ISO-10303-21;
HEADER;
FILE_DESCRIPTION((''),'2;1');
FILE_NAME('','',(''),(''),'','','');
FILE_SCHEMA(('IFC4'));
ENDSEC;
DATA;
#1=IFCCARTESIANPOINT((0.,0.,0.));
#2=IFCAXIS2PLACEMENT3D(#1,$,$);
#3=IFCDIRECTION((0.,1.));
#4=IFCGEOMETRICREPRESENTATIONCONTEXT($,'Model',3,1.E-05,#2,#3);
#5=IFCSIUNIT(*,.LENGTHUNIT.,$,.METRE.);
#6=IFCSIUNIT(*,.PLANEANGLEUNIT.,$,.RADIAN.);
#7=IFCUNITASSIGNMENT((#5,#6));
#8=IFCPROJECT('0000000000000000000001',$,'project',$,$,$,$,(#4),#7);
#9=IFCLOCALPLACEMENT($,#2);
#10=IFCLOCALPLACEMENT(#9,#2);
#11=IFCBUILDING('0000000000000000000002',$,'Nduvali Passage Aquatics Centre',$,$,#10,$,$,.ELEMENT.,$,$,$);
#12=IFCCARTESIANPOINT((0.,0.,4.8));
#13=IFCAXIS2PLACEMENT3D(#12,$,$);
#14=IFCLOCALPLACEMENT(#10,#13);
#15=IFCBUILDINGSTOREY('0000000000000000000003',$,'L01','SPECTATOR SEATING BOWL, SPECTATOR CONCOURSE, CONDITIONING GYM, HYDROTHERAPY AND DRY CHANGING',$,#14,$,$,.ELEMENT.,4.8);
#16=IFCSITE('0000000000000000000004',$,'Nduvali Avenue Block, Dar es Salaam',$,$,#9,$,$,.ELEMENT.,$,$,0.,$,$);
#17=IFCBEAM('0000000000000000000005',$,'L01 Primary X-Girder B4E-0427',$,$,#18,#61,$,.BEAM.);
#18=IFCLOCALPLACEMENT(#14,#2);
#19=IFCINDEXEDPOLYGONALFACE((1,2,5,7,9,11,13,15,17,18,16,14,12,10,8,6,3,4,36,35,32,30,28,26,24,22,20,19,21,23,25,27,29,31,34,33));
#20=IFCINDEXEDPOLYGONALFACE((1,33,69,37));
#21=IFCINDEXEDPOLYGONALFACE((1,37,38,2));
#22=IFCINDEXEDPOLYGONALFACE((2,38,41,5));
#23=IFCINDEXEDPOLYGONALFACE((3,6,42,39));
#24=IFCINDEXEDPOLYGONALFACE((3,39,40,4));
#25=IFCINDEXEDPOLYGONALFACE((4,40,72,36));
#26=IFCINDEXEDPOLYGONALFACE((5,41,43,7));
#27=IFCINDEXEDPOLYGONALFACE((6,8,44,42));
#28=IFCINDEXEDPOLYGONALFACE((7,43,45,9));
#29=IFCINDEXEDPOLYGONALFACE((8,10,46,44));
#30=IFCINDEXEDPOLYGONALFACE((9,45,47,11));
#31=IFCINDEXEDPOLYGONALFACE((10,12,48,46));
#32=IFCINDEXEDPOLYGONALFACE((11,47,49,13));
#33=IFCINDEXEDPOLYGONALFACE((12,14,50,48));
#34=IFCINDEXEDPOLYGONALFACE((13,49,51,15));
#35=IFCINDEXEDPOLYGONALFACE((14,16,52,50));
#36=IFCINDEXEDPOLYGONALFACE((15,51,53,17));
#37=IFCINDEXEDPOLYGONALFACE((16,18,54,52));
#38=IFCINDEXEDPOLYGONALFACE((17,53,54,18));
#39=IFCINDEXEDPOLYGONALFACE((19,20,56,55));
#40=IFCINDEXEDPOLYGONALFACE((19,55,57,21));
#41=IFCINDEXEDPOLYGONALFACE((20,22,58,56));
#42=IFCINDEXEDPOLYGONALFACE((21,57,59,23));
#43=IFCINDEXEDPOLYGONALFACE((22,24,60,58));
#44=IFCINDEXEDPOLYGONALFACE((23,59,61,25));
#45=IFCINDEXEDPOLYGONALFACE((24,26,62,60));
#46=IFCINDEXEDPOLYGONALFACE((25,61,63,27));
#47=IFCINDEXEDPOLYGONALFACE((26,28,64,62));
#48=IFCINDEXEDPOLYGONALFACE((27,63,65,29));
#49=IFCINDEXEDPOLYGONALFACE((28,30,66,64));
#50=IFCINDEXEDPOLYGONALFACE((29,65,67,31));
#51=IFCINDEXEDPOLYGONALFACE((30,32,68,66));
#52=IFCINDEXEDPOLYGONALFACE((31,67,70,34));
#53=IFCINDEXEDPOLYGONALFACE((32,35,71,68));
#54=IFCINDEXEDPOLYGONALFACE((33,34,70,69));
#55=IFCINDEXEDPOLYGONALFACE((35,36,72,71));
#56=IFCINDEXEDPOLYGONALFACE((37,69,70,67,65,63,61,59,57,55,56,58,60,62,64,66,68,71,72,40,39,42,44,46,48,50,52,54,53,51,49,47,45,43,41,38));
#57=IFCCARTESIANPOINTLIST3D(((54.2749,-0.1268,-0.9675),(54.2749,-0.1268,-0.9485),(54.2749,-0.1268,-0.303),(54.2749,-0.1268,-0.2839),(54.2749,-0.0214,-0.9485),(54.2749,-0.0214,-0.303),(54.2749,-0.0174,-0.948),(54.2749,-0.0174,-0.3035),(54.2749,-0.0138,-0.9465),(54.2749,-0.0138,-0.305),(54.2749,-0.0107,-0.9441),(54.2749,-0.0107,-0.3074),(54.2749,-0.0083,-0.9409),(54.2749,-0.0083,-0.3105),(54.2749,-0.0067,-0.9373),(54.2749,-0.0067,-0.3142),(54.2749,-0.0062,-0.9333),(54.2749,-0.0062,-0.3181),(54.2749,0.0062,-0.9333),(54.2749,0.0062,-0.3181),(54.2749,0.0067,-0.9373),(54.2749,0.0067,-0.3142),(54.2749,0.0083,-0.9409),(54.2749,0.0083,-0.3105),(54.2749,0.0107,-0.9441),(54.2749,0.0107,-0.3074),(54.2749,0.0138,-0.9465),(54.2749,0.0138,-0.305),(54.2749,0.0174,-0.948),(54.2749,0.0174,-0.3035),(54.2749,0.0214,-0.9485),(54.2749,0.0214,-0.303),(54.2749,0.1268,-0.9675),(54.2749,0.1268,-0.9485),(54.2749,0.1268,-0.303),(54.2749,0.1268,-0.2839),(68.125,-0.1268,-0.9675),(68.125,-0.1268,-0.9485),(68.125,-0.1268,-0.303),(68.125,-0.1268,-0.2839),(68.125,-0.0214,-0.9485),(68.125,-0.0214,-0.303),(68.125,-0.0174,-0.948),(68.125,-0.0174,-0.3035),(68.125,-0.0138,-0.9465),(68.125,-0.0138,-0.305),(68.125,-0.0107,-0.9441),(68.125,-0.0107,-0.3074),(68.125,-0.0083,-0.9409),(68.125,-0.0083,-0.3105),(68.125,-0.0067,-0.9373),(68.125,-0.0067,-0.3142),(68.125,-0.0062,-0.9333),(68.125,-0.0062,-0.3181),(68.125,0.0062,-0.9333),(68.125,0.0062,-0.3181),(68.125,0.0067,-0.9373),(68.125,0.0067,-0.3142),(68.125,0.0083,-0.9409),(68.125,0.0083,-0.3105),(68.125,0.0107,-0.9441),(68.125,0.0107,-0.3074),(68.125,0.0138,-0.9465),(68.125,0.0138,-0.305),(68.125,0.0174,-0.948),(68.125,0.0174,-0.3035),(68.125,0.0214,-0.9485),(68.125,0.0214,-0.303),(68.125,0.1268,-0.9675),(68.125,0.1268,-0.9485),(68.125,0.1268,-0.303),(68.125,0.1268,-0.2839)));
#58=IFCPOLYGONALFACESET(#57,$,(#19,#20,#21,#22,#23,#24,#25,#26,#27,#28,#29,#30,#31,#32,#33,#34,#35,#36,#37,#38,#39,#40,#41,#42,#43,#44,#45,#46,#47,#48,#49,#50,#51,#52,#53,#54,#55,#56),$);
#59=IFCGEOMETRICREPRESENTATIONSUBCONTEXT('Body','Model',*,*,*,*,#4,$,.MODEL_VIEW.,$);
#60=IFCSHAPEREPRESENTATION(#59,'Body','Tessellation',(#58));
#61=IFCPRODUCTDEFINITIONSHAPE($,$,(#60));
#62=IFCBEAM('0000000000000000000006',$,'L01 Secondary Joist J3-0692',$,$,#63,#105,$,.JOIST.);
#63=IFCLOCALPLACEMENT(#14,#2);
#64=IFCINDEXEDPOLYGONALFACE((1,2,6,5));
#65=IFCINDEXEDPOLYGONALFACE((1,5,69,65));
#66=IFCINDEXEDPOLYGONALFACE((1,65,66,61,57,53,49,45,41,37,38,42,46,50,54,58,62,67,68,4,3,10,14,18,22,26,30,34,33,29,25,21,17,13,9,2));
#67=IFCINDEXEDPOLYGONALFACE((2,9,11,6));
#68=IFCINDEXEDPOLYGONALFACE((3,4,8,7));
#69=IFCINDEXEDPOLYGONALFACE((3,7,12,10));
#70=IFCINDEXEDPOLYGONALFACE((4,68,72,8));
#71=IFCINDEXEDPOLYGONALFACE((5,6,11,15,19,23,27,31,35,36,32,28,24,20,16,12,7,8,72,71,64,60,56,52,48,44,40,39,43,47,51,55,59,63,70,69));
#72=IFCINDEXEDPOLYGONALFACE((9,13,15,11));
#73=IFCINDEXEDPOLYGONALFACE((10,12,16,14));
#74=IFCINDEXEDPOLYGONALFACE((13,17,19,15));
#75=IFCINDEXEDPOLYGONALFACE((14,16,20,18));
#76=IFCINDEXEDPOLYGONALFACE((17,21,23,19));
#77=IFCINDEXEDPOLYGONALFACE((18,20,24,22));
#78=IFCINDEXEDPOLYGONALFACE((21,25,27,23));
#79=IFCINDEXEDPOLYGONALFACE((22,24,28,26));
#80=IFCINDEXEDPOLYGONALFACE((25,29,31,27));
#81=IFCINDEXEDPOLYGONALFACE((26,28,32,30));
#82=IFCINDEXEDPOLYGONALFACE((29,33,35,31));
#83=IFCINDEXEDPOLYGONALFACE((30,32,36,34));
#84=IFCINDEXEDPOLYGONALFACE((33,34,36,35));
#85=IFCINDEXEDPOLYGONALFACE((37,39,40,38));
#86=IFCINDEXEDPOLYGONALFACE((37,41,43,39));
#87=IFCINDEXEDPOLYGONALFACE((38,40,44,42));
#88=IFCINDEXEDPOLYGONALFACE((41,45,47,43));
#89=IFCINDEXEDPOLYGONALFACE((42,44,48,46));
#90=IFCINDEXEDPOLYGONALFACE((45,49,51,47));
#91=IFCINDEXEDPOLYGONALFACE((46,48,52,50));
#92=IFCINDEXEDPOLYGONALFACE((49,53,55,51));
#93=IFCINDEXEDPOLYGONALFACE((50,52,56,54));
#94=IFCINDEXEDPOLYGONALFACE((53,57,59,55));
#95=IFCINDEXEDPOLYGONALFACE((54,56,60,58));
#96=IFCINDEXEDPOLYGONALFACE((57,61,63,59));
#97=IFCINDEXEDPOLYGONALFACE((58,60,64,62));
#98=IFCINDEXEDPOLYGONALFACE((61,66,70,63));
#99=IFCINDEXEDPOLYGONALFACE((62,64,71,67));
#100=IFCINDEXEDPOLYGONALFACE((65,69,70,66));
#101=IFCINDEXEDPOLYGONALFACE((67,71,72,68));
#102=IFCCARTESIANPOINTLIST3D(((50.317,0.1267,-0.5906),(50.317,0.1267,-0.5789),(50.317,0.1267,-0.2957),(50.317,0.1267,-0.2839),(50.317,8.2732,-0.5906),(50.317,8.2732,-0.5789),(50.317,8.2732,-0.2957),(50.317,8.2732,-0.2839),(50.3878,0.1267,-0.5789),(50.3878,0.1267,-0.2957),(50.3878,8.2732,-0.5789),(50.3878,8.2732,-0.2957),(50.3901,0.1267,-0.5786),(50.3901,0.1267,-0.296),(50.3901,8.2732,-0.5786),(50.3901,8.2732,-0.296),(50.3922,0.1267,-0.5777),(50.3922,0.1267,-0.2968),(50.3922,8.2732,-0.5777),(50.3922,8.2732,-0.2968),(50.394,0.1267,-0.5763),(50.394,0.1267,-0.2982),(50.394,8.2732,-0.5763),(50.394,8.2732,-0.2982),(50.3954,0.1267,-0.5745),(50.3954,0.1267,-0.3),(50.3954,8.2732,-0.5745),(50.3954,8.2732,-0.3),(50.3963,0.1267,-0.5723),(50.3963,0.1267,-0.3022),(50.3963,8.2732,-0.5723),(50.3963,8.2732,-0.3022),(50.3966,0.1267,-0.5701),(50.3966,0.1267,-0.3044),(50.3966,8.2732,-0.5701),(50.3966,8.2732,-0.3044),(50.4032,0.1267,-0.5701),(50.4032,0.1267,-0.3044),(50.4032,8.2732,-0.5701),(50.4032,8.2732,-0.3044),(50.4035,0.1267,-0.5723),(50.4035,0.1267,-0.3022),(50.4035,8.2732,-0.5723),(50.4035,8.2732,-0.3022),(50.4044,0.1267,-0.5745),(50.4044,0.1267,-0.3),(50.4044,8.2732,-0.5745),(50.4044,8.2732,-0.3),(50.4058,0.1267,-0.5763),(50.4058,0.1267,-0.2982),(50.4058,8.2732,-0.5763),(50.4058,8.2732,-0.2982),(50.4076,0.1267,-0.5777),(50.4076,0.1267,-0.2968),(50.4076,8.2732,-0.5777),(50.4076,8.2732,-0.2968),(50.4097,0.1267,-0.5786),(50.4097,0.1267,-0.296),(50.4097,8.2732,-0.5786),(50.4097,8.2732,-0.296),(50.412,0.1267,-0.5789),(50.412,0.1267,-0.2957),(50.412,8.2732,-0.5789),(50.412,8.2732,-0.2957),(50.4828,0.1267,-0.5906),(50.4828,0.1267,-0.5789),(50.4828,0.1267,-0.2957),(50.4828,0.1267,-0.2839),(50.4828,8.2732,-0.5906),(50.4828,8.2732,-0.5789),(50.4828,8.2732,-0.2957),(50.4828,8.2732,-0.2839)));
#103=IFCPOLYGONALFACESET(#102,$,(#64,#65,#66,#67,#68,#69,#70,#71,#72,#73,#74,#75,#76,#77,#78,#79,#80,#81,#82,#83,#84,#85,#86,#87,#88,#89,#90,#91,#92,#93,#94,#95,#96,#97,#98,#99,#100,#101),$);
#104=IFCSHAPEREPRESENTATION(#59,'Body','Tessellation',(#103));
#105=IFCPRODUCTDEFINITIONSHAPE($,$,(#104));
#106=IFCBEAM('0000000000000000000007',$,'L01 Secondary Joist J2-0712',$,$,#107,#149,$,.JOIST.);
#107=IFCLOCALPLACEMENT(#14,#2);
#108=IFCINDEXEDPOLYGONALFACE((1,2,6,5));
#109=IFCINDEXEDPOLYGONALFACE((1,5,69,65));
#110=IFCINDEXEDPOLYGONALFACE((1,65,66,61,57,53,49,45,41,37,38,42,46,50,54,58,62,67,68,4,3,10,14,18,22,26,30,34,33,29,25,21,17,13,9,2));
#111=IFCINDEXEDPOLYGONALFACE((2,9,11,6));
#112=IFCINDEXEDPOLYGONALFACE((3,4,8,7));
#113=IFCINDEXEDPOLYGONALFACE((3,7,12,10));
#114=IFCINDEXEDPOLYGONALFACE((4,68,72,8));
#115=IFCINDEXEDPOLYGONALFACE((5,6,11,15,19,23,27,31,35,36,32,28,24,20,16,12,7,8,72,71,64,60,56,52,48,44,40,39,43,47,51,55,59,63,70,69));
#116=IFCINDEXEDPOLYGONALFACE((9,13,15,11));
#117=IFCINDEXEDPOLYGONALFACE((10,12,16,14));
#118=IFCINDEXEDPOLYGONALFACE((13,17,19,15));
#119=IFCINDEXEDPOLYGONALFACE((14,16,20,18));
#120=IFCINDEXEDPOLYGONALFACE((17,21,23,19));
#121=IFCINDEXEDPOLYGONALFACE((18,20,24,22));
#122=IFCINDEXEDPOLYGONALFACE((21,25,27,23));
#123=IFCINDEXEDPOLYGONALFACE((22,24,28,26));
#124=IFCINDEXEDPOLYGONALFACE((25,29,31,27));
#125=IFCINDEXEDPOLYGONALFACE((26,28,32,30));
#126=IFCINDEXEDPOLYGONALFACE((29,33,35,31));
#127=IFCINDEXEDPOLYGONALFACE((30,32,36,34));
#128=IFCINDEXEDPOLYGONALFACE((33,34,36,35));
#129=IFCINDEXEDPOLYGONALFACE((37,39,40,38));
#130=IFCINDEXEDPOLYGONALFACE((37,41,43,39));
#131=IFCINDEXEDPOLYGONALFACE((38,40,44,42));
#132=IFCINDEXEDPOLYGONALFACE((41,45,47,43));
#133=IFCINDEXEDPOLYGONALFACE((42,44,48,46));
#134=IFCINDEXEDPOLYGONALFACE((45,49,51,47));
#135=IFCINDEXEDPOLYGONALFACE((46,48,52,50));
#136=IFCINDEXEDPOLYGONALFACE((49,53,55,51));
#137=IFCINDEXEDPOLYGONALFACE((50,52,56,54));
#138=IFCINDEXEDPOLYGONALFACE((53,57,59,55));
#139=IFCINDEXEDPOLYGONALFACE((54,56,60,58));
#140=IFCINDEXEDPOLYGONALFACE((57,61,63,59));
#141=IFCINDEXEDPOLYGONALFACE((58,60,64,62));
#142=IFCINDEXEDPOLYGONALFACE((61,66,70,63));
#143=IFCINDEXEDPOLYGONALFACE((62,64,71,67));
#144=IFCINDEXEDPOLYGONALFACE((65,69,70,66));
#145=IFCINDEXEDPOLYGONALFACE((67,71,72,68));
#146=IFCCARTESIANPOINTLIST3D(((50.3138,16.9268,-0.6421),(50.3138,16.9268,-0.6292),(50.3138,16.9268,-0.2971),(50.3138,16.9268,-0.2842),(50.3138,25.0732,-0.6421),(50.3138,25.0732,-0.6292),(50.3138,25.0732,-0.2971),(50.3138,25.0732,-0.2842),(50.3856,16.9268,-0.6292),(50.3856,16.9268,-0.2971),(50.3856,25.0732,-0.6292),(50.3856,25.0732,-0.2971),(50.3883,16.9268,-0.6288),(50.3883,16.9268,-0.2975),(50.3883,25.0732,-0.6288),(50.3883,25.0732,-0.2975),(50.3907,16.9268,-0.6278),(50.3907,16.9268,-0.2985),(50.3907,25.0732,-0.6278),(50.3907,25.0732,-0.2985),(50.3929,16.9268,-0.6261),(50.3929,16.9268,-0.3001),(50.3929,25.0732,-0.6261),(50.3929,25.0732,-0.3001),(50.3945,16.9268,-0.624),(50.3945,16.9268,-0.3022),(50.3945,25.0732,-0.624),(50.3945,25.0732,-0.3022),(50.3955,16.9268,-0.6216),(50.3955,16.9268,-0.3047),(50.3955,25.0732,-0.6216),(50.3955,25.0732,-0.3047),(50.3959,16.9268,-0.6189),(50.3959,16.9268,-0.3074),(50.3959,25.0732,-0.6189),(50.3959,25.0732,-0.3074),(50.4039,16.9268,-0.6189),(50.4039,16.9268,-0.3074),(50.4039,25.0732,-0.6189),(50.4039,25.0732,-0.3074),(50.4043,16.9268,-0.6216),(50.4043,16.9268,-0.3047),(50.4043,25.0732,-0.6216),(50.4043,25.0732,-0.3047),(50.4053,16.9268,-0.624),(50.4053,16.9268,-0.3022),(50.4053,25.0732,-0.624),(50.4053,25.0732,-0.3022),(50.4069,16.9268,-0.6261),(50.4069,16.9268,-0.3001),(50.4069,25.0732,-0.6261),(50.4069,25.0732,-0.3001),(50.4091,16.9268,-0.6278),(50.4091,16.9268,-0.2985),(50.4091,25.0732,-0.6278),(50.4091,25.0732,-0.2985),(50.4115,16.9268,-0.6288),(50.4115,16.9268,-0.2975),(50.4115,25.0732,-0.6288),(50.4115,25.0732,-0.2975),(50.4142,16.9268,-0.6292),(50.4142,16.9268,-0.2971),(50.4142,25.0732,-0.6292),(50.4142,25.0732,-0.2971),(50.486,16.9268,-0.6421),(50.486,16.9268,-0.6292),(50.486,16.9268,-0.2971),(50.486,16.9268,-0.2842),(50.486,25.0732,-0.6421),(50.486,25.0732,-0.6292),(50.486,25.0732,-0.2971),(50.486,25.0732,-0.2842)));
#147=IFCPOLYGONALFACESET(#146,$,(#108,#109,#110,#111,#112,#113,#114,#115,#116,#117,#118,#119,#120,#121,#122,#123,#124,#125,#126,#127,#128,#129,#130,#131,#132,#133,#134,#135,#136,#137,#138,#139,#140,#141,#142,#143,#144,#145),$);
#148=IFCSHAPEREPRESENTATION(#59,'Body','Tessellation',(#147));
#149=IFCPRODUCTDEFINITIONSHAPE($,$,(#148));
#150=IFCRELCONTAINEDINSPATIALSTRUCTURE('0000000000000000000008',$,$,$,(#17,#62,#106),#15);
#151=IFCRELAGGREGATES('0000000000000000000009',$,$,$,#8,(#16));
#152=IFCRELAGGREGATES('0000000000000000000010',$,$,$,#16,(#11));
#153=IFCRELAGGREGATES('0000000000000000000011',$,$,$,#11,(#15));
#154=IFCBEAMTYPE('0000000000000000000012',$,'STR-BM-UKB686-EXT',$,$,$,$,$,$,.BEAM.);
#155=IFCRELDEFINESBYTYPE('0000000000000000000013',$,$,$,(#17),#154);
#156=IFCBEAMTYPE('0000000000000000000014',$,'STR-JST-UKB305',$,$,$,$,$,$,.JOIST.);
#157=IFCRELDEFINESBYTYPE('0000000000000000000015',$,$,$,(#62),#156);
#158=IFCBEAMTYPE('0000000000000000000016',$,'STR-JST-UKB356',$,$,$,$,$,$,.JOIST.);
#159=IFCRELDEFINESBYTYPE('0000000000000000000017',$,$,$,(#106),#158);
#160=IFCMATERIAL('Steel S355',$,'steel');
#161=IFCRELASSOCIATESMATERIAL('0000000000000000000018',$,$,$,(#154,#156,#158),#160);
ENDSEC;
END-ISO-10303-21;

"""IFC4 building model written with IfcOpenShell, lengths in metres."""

from ifc_helpers import new_model, si_unit, direction, frame, origin, origin_2d, place, context, subcontext, project, spatial, i_section, extrude, material, material_profile, profile_set, type_object, element, save


model = new_model("IFC4")

# Units and contexts
model_context = context("Model", 3, precision=1e-05, world=origin(), true_north=direction((0.0, 1.0)))
body_context = subcontext(model_context, "Body", "Model", "MODEL_VIEW")
ifc_project = project(units=[si_unit("LENGTHUNIT", "METRE"), si_unit("PLANEANGLEUNIT", "RADIAN")], contexts=[model_context])

# Site, building, storey
site_placement = place(None, origin())
site = spatial("IfcSite", under=ifc_project, at=site_placement, Name="Nduvali Avenue Block, Dar es Salaam", CompositionType="ELEMENT", RefElevation=0.0)
building_placement = place(site_placement, origin())
building = spatial("IfcBuilding", under=site, at=building_placement, Name="Nduvali Passage Aquatics Centre", CompositionType="ELEMENT")
storey_placement = place(building_placement, frame((0.0, 0.0, 4.8)))
storey = spatial("IfcBuildingStorey", under=building, at=storey_placement, Name="L01", Description="SPECTATOR SEATING BOWL, SPECTATOR CONCOURSE, CONDITIONING GYM, HYDROTHERAPY AND DRY CHANGING", CompositionType="ELEMENT", Elevation=4.8)

# Shared definitions
ifc_material_1 = material(Name="Steel S355", Category="steel")

# Beams
ifc_material_profile_1 = material_profile(ifc_material_1, i_section(OverallWidth=0.2537, OverallDepth=0.6836, WebThickness=0.0125, FlangeThickness=0.019, FilletRadius=0.0151, at=origin_2d()), Name="UKB 686x254x140")
ifc_profile_set_1 = profile_set([ifc_material_profile_1], Name="Steel S355")
beam_type_1 = type_object("IfcBeamType", Name="STR-BM-UKB686-EXT", PredefinedType="BEAM", material=ifc_profile_set_1)
beam_1_placement = place(storey_placement, frame((54.2749, 0.0, -0.6257), z_axis=(1.0, 0.0, 0.0), x_axis=(0.0, 1.0, 0.0)))
element("IfcBeam", 1, at=beam_1_placement, inside=storey, type_object=beam_type_1, Name="L01 Primary X-Girder B4E-0427", PredefinedType="BEAM", context=body_context, shape_type="SweptSolid", body=[
    extrude(i_section(OverallWidth=0.2537, OverallDepth=0.6836, WebThickness=0.0125, FlangeThickness=0.019, FilletRadius=0.0151, at=origin_2d()), origin(), (0.0, 0.0, 1.0), 13.8501),
])
ifc_material_profile_2 = material_profile(ifc_material_1, i_section(OverallWidth=0.1658, OverallDepth=0.3066, WebThickness=0.0066, FlangeThickness=0.0117, FilletRadius=0.0088, at=origin_2d()), Name="UKB 305x165x46")
ifc_profile_set_2 = profile_set([ifc_material_profile_2], Name="Steel S355")
beam_type_2 = type_object("IfcBeamType", Name="STR-JST-UKB305", PredefinedType="JOIST", material=ifc_profile_set_2)
beam_2_placement = place(storey_placement, frame((50.3999, 0.1267, -0.4373), z_axis=(0.0, 1.0, 0.0), x_axis=(-1.0, 0.0, 0.0)))
element("IfcBeam", 2, at=beam_2_placement, inside=storey, type_object=beam_type_2, Name="L01 Secondary Joist J3-0692", PredefinedType="JOIST", context=body_context, shape_type="SweptSolid", body=[
    extrude(i_section(OverallWidth=0.1658, OverallDepth=0.3066, WebThickness=0.0066, FlangeThickness=0.0117, FilletRadius=0.0088, at=origin_2d()), origin(), (0.0, 0.0, 1.0), 8.1465),
])
ifc_material_profile_3 = material_profile(ifc_material_1, i_section(OverallWidth=0.1721, OverallDepth=0.3579, WebThickness=0.0081, FlangeThickness=0.0129, FilletRadius=0.0103, at=origin_2d()), Name="UKB 356x171x57")
ifc_profile_set_3 = profile_set([ifc_material_profile_3], Name="Steel S355")
beam_type_3 = type_object("IfcBeamType", Name="STR-JST-UKB356", PredefinedType="JOIST", material=ifc_profile_set_3)
beam_3_placement = place(storey_placement, frame((50.3999, 16.9268, -0.4631), z_axis=(0.0, 1.0, 0.0), x_axis=(-1.0, 0.0, 0.0)))
element("IfcBeam", 3, at=beam_3_placement, inside=storey, type_object=beam_type_3, Name="L01 Secondary Joist J2-0712", PredefinedType="JOIST", context=body_context, shape_type="SweptSolid", body=[
    extrude(i_section(OverallWidth=0.1721, OverallDepth=0.3579, WebThickness=0.0081, FlangeThickness=0.0129, FilletRadius=0.0103, at=origin_2d()), origin(), (0.0, 0.0, 1.0), 8.1465),
])

save(model, "model.ifc")
